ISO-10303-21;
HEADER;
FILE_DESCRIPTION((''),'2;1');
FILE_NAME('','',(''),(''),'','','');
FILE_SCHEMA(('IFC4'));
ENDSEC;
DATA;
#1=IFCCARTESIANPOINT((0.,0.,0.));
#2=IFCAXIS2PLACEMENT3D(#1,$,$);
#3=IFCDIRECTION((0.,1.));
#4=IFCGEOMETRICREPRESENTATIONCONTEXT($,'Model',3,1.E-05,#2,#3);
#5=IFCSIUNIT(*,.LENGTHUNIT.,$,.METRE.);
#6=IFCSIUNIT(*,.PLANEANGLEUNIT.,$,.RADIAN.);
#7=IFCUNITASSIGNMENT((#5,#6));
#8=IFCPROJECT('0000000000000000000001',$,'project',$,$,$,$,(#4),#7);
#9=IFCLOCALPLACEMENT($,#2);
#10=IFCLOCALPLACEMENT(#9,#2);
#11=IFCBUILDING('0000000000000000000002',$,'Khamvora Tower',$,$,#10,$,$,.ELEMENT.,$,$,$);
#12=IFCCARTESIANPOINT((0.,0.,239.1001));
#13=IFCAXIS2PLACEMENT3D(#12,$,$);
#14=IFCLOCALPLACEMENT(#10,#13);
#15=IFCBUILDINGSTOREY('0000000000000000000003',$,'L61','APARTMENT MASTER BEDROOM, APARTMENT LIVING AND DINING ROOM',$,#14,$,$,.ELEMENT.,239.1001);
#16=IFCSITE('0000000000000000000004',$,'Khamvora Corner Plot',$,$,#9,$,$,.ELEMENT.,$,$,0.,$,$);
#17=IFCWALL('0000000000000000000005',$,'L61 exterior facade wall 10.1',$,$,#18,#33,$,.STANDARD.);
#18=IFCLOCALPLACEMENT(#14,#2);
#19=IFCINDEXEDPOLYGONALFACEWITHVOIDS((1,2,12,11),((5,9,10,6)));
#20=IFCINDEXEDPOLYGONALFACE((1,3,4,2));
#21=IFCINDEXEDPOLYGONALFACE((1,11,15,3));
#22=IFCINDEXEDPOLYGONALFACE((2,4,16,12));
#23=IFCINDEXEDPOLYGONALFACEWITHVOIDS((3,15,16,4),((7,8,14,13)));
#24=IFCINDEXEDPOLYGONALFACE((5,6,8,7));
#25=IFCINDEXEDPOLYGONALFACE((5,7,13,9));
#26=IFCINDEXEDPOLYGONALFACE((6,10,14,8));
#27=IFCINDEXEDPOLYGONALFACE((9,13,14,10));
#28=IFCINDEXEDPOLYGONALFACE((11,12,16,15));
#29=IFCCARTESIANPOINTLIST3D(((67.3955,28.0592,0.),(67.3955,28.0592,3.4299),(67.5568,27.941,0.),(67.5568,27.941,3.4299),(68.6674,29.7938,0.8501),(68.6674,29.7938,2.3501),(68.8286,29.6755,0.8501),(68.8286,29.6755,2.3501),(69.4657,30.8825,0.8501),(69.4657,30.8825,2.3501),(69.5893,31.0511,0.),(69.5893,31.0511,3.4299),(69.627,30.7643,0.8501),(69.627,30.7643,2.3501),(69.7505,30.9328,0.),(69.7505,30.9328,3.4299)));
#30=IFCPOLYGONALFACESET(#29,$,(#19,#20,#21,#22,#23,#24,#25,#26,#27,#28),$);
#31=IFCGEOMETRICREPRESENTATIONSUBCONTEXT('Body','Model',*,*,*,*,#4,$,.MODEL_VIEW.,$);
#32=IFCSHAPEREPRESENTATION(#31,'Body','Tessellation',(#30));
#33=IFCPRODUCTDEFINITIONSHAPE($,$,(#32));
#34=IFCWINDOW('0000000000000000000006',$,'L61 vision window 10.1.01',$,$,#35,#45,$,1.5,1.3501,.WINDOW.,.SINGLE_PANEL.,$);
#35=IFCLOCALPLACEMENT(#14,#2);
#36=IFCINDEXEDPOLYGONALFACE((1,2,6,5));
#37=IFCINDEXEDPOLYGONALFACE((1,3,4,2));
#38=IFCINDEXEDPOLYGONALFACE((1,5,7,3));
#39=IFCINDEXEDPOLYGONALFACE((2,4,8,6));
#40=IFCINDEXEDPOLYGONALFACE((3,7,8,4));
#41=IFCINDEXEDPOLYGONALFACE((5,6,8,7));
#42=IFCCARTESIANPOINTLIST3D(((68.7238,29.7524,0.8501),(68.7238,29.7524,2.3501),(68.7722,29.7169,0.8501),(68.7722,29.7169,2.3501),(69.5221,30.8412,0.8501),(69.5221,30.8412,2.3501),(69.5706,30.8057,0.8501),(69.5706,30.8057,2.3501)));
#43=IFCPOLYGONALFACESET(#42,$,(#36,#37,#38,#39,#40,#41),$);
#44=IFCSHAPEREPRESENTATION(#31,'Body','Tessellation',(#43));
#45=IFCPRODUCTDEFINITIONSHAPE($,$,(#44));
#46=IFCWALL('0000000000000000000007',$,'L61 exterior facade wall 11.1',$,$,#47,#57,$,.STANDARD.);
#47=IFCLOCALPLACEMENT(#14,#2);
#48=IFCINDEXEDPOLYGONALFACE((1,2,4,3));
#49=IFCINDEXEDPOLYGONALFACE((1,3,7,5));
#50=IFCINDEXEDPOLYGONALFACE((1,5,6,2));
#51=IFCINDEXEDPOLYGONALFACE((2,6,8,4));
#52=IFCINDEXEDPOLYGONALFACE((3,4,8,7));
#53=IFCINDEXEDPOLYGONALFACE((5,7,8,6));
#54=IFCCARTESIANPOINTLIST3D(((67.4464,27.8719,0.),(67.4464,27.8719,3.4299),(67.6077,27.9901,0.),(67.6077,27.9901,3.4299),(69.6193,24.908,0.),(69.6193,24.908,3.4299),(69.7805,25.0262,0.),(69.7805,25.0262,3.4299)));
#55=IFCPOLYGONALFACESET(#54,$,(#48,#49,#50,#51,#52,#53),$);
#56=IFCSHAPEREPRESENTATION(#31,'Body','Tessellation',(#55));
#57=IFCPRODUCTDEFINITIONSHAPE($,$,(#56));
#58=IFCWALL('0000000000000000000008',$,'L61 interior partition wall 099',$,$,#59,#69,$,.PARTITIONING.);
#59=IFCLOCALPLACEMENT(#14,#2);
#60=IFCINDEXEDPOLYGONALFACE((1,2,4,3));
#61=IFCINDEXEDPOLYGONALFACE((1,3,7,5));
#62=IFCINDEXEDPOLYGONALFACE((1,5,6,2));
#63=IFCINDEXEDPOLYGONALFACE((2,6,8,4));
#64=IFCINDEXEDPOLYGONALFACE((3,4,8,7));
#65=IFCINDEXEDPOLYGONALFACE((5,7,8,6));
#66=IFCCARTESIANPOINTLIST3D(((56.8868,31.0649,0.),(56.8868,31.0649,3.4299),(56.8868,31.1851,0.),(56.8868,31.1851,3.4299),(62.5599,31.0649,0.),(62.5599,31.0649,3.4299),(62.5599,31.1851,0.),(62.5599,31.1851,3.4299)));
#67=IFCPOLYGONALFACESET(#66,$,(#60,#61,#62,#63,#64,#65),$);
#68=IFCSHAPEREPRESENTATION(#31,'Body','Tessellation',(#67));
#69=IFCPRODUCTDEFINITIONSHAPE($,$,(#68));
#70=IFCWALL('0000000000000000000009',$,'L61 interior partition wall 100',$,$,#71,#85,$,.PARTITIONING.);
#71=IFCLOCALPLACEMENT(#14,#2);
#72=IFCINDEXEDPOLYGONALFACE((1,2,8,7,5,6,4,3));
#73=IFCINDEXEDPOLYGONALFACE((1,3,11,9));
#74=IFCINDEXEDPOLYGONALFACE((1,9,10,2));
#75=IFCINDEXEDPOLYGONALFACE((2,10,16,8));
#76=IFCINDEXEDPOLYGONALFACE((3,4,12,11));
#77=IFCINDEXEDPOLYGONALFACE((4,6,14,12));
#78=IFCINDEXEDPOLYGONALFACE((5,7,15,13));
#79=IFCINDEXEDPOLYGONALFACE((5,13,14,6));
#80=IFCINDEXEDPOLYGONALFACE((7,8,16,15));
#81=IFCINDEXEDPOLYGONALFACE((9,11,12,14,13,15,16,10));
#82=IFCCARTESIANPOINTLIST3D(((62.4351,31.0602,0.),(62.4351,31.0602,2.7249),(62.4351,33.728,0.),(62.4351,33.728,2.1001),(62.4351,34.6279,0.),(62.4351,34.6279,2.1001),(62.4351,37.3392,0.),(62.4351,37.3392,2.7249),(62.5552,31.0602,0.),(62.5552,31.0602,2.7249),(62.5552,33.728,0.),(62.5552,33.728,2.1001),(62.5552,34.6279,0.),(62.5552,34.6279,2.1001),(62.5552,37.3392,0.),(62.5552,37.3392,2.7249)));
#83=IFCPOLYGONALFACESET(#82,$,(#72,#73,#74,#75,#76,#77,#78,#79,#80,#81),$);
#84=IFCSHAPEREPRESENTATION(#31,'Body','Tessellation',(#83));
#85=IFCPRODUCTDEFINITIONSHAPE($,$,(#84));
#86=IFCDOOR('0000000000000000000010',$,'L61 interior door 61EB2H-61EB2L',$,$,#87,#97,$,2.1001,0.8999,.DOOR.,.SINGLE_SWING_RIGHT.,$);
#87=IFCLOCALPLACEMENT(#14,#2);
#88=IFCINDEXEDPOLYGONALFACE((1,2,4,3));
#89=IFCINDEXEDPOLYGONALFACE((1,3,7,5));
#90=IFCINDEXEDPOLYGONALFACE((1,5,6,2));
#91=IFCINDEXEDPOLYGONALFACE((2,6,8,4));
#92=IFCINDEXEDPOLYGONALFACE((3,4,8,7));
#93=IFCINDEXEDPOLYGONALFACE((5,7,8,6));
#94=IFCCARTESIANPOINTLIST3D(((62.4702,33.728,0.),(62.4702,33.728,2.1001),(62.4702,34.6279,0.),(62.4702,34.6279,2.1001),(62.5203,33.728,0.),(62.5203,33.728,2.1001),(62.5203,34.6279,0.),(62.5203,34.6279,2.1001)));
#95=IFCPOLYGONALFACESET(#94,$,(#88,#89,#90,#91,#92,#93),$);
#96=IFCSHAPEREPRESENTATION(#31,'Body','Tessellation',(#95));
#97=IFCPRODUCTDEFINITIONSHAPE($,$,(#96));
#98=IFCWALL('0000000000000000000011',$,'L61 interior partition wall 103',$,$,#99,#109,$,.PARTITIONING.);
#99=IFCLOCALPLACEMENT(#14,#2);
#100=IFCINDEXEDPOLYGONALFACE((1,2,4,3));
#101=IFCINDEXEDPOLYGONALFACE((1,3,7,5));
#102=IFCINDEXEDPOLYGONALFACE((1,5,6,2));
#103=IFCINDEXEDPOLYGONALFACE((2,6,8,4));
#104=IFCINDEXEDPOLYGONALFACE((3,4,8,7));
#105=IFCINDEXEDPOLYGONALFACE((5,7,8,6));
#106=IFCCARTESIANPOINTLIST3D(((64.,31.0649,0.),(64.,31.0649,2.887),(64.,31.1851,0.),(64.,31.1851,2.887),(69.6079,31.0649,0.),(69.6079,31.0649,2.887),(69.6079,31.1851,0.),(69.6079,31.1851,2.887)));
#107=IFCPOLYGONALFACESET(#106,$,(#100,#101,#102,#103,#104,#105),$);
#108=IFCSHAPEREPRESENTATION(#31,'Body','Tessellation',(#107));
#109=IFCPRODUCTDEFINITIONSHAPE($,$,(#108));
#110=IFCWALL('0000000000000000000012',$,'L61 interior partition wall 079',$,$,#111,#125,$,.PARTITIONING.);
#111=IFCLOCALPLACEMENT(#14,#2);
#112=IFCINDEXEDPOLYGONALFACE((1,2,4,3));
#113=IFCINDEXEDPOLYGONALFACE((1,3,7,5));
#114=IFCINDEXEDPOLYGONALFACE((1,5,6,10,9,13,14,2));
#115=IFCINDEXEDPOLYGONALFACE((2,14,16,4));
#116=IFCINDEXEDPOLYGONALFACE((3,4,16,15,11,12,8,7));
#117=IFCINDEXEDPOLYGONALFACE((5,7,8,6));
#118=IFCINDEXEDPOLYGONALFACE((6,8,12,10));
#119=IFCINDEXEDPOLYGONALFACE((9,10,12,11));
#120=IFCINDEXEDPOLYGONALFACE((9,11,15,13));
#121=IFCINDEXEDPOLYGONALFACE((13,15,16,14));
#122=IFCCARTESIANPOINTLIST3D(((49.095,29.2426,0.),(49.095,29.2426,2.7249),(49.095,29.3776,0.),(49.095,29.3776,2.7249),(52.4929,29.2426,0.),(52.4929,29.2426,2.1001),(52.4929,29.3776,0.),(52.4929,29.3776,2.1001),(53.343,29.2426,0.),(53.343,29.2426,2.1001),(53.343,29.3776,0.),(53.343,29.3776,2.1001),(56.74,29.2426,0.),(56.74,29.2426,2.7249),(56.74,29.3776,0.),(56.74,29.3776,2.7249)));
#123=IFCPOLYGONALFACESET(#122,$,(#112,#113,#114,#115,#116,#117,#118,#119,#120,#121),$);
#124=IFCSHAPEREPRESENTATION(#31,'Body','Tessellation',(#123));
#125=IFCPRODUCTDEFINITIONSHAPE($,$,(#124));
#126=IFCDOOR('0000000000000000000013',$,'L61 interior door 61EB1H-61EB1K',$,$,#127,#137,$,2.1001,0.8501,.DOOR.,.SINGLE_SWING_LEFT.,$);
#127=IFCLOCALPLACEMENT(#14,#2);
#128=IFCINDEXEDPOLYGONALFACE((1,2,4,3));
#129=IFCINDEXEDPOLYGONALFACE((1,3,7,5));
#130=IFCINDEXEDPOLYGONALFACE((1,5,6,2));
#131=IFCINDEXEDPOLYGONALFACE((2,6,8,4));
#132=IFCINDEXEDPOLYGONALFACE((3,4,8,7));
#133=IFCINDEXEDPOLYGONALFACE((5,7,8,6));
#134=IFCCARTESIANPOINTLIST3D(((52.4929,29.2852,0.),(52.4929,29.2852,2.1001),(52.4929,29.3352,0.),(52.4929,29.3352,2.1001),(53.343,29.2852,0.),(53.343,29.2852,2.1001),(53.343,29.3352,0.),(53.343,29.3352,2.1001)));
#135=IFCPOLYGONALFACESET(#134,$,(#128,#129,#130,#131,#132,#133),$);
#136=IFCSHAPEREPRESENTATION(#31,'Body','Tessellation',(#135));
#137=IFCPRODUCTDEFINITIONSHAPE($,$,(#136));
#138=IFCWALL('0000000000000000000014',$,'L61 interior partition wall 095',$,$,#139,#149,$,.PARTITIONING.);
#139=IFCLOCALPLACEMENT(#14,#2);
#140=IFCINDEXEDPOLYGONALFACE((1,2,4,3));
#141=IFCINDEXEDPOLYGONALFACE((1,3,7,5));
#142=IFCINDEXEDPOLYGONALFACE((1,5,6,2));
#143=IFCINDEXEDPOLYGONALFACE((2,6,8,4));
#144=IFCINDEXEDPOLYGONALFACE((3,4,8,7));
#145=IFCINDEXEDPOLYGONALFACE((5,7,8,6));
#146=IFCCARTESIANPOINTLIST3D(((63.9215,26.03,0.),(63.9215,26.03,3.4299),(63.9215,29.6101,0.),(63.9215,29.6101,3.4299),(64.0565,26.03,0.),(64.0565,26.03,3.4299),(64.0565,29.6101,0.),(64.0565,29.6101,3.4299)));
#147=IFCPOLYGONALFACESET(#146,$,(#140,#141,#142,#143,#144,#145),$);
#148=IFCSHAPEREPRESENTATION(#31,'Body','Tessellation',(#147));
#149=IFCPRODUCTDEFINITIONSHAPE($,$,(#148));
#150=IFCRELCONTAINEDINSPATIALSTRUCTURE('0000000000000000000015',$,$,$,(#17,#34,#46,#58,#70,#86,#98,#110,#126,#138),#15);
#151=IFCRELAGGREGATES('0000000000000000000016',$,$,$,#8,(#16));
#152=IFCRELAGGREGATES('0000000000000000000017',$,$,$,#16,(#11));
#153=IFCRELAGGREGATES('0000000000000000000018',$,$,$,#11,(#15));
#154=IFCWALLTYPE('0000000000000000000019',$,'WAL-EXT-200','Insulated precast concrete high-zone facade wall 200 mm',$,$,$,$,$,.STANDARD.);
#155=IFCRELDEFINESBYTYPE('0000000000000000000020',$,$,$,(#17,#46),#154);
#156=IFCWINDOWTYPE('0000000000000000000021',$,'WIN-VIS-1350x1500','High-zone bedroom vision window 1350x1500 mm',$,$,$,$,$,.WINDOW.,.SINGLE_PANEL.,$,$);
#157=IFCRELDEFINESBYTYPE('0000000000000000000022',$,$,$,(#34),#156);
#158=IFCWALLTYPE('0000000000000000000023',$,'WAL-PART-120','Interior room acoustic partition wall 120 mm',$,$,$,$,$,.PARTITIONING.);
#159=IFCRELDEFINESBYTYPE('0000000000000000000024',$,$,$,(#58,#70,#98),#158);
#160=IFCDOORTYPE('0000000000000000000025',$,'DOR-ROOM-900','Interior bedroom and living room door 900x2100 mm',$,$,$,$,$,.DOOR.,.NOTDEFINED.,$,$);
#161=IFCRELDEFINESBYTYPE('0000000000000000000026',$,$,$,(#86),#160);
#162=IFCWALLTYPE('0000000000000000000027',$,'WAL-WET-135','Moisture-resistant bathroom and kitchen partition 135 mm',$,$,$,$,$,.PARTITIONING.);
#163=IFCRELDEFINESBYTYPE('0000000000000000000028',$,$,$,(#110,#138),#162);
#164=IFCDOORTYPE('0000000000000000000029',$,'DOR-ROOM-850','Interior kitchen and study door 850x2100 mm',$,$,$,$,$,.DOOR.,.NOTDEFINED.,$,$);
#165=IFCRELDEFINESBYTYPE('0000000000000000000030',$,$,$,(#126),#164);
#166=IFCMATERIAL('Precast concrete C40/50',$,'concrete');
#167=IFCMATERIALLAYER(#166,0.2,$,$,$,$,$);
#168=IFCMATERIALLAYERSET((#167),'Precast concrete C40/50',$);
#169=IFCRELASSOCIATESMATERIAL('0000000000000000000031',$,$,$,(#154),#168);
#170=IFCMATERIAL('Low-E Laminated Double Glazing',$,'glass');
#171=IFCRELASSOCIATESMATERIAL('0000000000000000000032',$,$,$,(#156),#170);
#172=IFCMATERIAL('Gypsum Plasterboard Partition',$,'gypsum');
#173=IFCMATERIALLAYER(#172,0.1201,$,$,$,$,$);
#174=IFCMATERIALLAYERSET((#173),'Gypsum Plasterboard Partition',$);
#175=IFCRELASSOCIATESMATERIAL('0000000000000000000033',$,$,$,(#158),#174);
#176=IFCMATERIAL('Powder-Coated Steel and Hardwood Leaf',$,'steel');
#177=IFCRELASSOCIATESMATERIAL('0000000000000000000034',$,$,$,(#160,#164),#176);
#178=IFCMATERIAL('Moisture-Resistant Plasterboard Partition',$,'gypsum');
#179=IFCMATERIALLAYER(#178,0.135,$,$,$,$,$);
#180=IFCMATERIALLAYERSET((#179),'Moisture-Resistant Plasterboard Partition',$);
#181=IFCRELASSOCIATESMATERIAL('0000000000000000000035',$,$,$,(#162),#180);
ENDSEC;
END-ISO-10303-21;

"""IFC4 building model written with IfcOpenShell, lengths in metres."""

from ifc_helpers import new_model, si_unit, direction, frame, frame_2d, origin, place, context, subcontext, project, spatial, rectangle, extrude, material, layer, layer_set, type_object, element, fill, save


model = new_model("IFC4")

# Units and contexts
model_context = context("Model", 3, precision=1e-05, world=origin(), true_north=direction((0.0, 1.0)))
body_context = subcontext(model_context, "Body", "Model", "MODEL_VIEW")
ifc_project = project(units=[si_unit("LENGTHUNIT", "METRE"), si_unit("PLANEANGLEUNIT", "RADIAN")], contexts=[model_context])

# Site, building, storey
site_placement = place(None, origin())
site = spatial("IfcSite", under=ifc_project, at=site_placement, Name="Khamvora Corner Plot", CompositionType="ELEMENT", RefElevation=0.0)
building_placement = place(site_placement, origin())
building = spatial("IfcBuilding", under=site, at=building_placement, Name="Khamvora Tower", CompositionType="ELEMENT")
storey_placement = place(building_placement, frame((0.0, 0.0, 239.1001)))
storey = spatial("IfcBuildingStorey", under=building, at=storey_placement, Name="L61", Description="APARTMENT MASTER BEDROOM, APARTMENT LIVING AND DINING ROOM", CompositionType="ELEMENT", Elevation=239.1001)

# Wall, opening, window
ifc_material_1 = material(Name="Precast concrete C40/50", Category="concrete")
ifc_layer_1 = layer(ifc_material_1, 0.2)
ifc_layer_set_1 = layer_set([ifc_layer_1], Name="Precast concrete C40/50")
wall_type_1 = type_object("IfcWallType", Name="WAL-EXT-200", Description="Insulated precast concrete high-zone facade wall 200 mm", PredefinedType="STANDARD", material=ifc_layer_set_1)
wall_1_placement = place(storey_placement, frame((69.6699, 30.9919, 0.0), z_axis=(0.0, 0.0, 1.0), x_axis=(-0.591321, -0.806436, 0.0)))
wall_1 = element("IfcWall", 1, at=wall_1_placement, inside=storey, type_object=wall_type_1, Name="L61 exterior facade wall 10.1", PredefinedType="STANDARD", context=body_context, shape_type="SweptSolid", body=[
    extrude(rectangle(XDim=3.71, YDim=0.2, at=frame_2d((1.855, 0.0))), origin(), (0.0, 0.0, 1.0), 3.4299),
])
opening_1_placement = place(wall_1_placement, frame((0.209, 0.0, 0.8501)))
opening_1 = element("IfcOpeningElement", 2, at=opening_1_placement, cuts=wall_1, PredefinedType="OPENING", context=body_context, shape_type="SweptSolid", body=[
    extrude(rectangle(XDim=1.3501, YDim=1.5, at=frame_2d((0.675, 0.75))), frame((0.0, 0.1099, 0.0), z_axis=(0.0, -1.0, 0.0), x_axis=(1.0, 0.0, 0.0)), (0.0, 0.0, 1.0), 0.22),
])
ifc_material_2 = material(Name="Low-E Laminated Double Glazing", Category="glass")
window_type = type_object("IfcWindowType", Name="WIN-VIS-1350x1500", Description="High-zone bedroom vision window 1350x1500 mm", PartitioningType="SINGLE_PANEL", PredefinedType="WINDOW", material=ifc_material_2)
window_placement = place(opening_1_placement, origin())
window = element("IfcWindow", 3, at=window_placement, inside=storey, type_object=window_type, Name="L61 vision window 10.1.01", OverallHeight=1.5, OverallWidth=1.3501, PartitioningType="SINGLE_PANEL", PredefinedType="WINDOW", context=body_context, shape_type="SweptSolid", body=[
    extrude(rectangle(XDim=1.3501, YDim=1.5, at=frame_2d((0.675, 0.75))), frame((0.0, 0.03, 0.0), z_axis=(0.0, -1.0, 0.0), x_axis=(1.0, 0.0, 0.0)), (0.0, 0.0, 1.0), 0.0601),
])
fill(opening_1, window)

# Walls
wall_2_placement = place(storey_placement, frame((67.5271, 27.9309, 0.0), z_axis=(0.0, 0.0, 1.0), x_axis=(0.591248, -0.806489, 0.0)))
element("IfcWall", 4, at=wall_2_placement, inside=storey, type_object=wall_type_1, Name="L61 exterior facade wall 11.1", PredefinedType="STANDARD", context=body_context, shape_type="SweptSolid", body=[
    extrude(rectangle(XDim=3.675, YDim=0.2, at=frame_2d((1.8374, 0.0))), origin(), (0.0, 0.0, 1.0), 3.4299),
])
ifc_material_3 = material(Name="Gypsum Plasterboard Partition", Category="gypsum")
ifc_layer_2 = layer(ifc_material_3, 0.1201)
ifc_layer_set_2 = layer_set([ifc_layer_2], Name="Gypsum Plasterboard Partition")
wall_type_2 = type_object("IfcWallType", Name="WAL-PART-120", Description="Interior room acoustic partition wall 120 mm", PredefinedType="PARTITIONING", material=ifc_layer_set_2)
wall_3_placement = place(storey_placement, frame((56.887, 31.125, 0.0), z_axis=(0.0, 0.0, 1.0), x_axis=(1.0, 0.0, 0.0)))
element("IfcWall", 5, at=wall_3_placement, inside=storey, type_object=wall_type_2, Name="L61 interior partition wall 099", PredefinedType="PARTITIONING", context=body_context, shape_type="SweptSolid", body=[
    extrude(rectangle(XDim=5.6731, YDim=0.1201, at=frame_2d((2.8364, 0.0))), origin(), (0.0, 0.0, 1.0), 3.4299),
])

# Wall, opening, door
wall_4_placement = place(storey_placement, frame((62.4951, 31.0601, 0.0), z_axis=(0.0, 0.0, 1.0), x_axis=(0.0, 1.0, 0.0)))
wall_4 = element("IfcWall", 6, at=wall_4_placement, inside=storey, type_object=wall_type_2, Name="L61 interior partition wall 100", PredefinedType="PARTITIONING", context=body_context, shape_type="SweptSolid", body=[
    extrude(rectangle(XDim=6.2791, YDim=0.1201, at=frame_2d((3.1396, 0.0))), origin(), (0.0, 0.0, 1.0), 2.7249),
])
opening_2_placement = place(wall_4_placement, frame((2.668, 0.0, 0.0)))
opening_2 = element("IfcOpeningElement", 7, at=opening_2_placement, cuts=wall_4, PredefinedType="OPENING", context=body_context, shape_type="SweptSolid", body=[
    extrude(rectangle(XDim=0.8999, YDim=2.1001, at=frame_2d((0.45, 1.05))), frame((0.0, 0.0701, 0.0), z_axis=(0.0, -1.0, 0.0), x_axis=(1.0, 0.0, 0.0)), (0.0, 0.0, 1.0), 0.1401),
])
ifc_material_4 = material(Name="Powder-Coated Steel and Hardwood Leaf", Category="steel")
door_type_1 = type_object("IfcDoorType", Name="DOR-ROOM-900", Description="Interior bedroom and living room door 900x2100 mm", OperationType="NOTDEFINED", PredefinedType="DOOR", material=ifc_material_4)
door_1_placement = place(opening_2_placement, origin())
door_1 = element("IfcDoor", 8, at=door_1_placement, inside=storey, type_object=door_type_1, Name="L61 interior door 61EB2H-61EB2L", OperationType="SINGLE_SWING_RIGHT", OverallHeight=2.1001, OverallWidth=0.8999, PredefinedType="DOOR", context=body_context, shape_type="SweptSolid", body=[
    extrude(rectangle(XDim=0.8999, YDim=2.1001, at=frame_2d((0.45, 1.05))), frame((0.0, 0.0249, 0.0), z_axis=(0.0, -1.0, 0.0), x_axis=(1.0, 0.0, 0.0)), (0.0, 0.0, 1.0), 0.05),
])
fill(opening_2, door_1)

# Wall
wall_5_placement = place(storey_placement, frame((64.0, 31.125, 0.0), z_axis=(0.0, 0.0, 1.0), x_axis=(1.0, 0.0, 0.0)))
element("IfcWall", 9, at=wall_5_placement, inside=storey, type_object=wall_type_2, Name="L61 interior partition wall 103", PredefinedType="PARTITIONING", context=body_context, shape_type="SweptSolid", body=[
    extrude(rectangle(XDim=5.6079, YDim=0.1201, at=frame_2d((2.804, 0.0))), origin(), (0.0, 0.0, 1.0), 2.887),
])

# Wall, opening, door
ifc_material_5 = material(Name="Moisture-Resistant Plasterboard Partition", Category="gypsum")
ifc_layer_3 = layer(ifc_material_5, 0.135)
ifc_layer_set_3 = layer_set([ifc_layer_3], Name="Moisture-Resistant Plasterboard Partition")
wall_type_3 = type_object("IfcWallType", Name="WAL-WET-135", Description="Moisture-resistant bathroom and kitchen partition 135 mm", PredefinedType="PARTITIONING", material=ifc_layer_set_3)
wall_6_placement = place(storey_placement, frame((56.74, 29.3101, 0.0), z_axis=(0.0, 0.0, 1.0), x_axis=(-1.0, 0.0, 0.0)))
wall_6 = element("IfcWall", 10, at=wall_6_placement, inside=storey, type_object=wall_type_3, Name="L61 interior partition wall 079", PredefinedType="PARTITIONING", context=body_context, shape_type="SweptSolid", body=[
    extrude(rectangle(XDim=7.645, YDim=0.135, at=frame_2d((3.8225, 0.0))), origin(), (0.0, 0.0, 1.0), 2.7249),
])
opening_3_placement = place(wall_6_placement, frame((3.397, 0.0, 0.0)))
opening_3 = element("IfcOpeningElement", 11, at=opening_3_placement, cuts=wall_6, PredefinedType="OPENING", context=body_context, shape_type="SweptSolid", body=[
    extrude(rectangle(XDim=0.8501, YDim=2.1001, at=frame_2d((0.425, 1.05))), frame((0.0, 0.0774, 0.0), z_axis=(0.0, -1.0, 0.0), x_axis=(1.0, 0.0, 0.0)), (0.0, 0.0, 1.0), 0.155),
])
door_type_2 = type_object("IfcDoorType", Name="DOR-ROOM-850", Description="Interior kitchen and study door 850x2100 mm", OperationType="NOTDEFINED", PredefinedType="DOOR", material=ifc_material_4)
door_2_placement = place(opening_3_placement, origin())
door_2 = element("IfcDoor", 12, at=door_2_placement, inside=storey, type_object=door_type_2, Name="L61 interior door 61EB1H-61EB1K", OperationType="SINGLE_SWING_LEFT", OverallHeight=2.1001, OverallWidth=0.8501, PredefinedType="DOOR", context=body_context, shape_type="SweptSolid", body=[
    extrude(rectangle(XDim=0.8501, YDim=2.1001, at=frame_2d((0.425, 1.05))), frame((0.0, 0.0249, 0.0), z_axis=(0.0, -1.0, 0.0), x_axis=(1.0, 0.0, 0.0)), (0.0, 0.0, 1.0), 0.05),
])
fill(opening_3, door_2)

# Wall
wall_7_placement = place(storey_placement, frame((63.989, 29.6101, 0.0), z_axis=(0.0, 0.0, 1.0), x_axis=(0.0, -1.0, 0.0)))
element("IfcWall", 13, at=wall_7_placement, inside=storey, type_object=wall_type_3, Name="L61 interior partition wall 095", PredefinedType="PARTITIONING", context=body_context, shape_type="SweptSolid", body=[
    extrude(rectangle(XDim=3.5801, YDim=0.135, at=frame_2d((1.79, 0.0))), origin(), (0.0, 0.0, 1.0), 3.4299),
])

save(model, "model.ifc")
